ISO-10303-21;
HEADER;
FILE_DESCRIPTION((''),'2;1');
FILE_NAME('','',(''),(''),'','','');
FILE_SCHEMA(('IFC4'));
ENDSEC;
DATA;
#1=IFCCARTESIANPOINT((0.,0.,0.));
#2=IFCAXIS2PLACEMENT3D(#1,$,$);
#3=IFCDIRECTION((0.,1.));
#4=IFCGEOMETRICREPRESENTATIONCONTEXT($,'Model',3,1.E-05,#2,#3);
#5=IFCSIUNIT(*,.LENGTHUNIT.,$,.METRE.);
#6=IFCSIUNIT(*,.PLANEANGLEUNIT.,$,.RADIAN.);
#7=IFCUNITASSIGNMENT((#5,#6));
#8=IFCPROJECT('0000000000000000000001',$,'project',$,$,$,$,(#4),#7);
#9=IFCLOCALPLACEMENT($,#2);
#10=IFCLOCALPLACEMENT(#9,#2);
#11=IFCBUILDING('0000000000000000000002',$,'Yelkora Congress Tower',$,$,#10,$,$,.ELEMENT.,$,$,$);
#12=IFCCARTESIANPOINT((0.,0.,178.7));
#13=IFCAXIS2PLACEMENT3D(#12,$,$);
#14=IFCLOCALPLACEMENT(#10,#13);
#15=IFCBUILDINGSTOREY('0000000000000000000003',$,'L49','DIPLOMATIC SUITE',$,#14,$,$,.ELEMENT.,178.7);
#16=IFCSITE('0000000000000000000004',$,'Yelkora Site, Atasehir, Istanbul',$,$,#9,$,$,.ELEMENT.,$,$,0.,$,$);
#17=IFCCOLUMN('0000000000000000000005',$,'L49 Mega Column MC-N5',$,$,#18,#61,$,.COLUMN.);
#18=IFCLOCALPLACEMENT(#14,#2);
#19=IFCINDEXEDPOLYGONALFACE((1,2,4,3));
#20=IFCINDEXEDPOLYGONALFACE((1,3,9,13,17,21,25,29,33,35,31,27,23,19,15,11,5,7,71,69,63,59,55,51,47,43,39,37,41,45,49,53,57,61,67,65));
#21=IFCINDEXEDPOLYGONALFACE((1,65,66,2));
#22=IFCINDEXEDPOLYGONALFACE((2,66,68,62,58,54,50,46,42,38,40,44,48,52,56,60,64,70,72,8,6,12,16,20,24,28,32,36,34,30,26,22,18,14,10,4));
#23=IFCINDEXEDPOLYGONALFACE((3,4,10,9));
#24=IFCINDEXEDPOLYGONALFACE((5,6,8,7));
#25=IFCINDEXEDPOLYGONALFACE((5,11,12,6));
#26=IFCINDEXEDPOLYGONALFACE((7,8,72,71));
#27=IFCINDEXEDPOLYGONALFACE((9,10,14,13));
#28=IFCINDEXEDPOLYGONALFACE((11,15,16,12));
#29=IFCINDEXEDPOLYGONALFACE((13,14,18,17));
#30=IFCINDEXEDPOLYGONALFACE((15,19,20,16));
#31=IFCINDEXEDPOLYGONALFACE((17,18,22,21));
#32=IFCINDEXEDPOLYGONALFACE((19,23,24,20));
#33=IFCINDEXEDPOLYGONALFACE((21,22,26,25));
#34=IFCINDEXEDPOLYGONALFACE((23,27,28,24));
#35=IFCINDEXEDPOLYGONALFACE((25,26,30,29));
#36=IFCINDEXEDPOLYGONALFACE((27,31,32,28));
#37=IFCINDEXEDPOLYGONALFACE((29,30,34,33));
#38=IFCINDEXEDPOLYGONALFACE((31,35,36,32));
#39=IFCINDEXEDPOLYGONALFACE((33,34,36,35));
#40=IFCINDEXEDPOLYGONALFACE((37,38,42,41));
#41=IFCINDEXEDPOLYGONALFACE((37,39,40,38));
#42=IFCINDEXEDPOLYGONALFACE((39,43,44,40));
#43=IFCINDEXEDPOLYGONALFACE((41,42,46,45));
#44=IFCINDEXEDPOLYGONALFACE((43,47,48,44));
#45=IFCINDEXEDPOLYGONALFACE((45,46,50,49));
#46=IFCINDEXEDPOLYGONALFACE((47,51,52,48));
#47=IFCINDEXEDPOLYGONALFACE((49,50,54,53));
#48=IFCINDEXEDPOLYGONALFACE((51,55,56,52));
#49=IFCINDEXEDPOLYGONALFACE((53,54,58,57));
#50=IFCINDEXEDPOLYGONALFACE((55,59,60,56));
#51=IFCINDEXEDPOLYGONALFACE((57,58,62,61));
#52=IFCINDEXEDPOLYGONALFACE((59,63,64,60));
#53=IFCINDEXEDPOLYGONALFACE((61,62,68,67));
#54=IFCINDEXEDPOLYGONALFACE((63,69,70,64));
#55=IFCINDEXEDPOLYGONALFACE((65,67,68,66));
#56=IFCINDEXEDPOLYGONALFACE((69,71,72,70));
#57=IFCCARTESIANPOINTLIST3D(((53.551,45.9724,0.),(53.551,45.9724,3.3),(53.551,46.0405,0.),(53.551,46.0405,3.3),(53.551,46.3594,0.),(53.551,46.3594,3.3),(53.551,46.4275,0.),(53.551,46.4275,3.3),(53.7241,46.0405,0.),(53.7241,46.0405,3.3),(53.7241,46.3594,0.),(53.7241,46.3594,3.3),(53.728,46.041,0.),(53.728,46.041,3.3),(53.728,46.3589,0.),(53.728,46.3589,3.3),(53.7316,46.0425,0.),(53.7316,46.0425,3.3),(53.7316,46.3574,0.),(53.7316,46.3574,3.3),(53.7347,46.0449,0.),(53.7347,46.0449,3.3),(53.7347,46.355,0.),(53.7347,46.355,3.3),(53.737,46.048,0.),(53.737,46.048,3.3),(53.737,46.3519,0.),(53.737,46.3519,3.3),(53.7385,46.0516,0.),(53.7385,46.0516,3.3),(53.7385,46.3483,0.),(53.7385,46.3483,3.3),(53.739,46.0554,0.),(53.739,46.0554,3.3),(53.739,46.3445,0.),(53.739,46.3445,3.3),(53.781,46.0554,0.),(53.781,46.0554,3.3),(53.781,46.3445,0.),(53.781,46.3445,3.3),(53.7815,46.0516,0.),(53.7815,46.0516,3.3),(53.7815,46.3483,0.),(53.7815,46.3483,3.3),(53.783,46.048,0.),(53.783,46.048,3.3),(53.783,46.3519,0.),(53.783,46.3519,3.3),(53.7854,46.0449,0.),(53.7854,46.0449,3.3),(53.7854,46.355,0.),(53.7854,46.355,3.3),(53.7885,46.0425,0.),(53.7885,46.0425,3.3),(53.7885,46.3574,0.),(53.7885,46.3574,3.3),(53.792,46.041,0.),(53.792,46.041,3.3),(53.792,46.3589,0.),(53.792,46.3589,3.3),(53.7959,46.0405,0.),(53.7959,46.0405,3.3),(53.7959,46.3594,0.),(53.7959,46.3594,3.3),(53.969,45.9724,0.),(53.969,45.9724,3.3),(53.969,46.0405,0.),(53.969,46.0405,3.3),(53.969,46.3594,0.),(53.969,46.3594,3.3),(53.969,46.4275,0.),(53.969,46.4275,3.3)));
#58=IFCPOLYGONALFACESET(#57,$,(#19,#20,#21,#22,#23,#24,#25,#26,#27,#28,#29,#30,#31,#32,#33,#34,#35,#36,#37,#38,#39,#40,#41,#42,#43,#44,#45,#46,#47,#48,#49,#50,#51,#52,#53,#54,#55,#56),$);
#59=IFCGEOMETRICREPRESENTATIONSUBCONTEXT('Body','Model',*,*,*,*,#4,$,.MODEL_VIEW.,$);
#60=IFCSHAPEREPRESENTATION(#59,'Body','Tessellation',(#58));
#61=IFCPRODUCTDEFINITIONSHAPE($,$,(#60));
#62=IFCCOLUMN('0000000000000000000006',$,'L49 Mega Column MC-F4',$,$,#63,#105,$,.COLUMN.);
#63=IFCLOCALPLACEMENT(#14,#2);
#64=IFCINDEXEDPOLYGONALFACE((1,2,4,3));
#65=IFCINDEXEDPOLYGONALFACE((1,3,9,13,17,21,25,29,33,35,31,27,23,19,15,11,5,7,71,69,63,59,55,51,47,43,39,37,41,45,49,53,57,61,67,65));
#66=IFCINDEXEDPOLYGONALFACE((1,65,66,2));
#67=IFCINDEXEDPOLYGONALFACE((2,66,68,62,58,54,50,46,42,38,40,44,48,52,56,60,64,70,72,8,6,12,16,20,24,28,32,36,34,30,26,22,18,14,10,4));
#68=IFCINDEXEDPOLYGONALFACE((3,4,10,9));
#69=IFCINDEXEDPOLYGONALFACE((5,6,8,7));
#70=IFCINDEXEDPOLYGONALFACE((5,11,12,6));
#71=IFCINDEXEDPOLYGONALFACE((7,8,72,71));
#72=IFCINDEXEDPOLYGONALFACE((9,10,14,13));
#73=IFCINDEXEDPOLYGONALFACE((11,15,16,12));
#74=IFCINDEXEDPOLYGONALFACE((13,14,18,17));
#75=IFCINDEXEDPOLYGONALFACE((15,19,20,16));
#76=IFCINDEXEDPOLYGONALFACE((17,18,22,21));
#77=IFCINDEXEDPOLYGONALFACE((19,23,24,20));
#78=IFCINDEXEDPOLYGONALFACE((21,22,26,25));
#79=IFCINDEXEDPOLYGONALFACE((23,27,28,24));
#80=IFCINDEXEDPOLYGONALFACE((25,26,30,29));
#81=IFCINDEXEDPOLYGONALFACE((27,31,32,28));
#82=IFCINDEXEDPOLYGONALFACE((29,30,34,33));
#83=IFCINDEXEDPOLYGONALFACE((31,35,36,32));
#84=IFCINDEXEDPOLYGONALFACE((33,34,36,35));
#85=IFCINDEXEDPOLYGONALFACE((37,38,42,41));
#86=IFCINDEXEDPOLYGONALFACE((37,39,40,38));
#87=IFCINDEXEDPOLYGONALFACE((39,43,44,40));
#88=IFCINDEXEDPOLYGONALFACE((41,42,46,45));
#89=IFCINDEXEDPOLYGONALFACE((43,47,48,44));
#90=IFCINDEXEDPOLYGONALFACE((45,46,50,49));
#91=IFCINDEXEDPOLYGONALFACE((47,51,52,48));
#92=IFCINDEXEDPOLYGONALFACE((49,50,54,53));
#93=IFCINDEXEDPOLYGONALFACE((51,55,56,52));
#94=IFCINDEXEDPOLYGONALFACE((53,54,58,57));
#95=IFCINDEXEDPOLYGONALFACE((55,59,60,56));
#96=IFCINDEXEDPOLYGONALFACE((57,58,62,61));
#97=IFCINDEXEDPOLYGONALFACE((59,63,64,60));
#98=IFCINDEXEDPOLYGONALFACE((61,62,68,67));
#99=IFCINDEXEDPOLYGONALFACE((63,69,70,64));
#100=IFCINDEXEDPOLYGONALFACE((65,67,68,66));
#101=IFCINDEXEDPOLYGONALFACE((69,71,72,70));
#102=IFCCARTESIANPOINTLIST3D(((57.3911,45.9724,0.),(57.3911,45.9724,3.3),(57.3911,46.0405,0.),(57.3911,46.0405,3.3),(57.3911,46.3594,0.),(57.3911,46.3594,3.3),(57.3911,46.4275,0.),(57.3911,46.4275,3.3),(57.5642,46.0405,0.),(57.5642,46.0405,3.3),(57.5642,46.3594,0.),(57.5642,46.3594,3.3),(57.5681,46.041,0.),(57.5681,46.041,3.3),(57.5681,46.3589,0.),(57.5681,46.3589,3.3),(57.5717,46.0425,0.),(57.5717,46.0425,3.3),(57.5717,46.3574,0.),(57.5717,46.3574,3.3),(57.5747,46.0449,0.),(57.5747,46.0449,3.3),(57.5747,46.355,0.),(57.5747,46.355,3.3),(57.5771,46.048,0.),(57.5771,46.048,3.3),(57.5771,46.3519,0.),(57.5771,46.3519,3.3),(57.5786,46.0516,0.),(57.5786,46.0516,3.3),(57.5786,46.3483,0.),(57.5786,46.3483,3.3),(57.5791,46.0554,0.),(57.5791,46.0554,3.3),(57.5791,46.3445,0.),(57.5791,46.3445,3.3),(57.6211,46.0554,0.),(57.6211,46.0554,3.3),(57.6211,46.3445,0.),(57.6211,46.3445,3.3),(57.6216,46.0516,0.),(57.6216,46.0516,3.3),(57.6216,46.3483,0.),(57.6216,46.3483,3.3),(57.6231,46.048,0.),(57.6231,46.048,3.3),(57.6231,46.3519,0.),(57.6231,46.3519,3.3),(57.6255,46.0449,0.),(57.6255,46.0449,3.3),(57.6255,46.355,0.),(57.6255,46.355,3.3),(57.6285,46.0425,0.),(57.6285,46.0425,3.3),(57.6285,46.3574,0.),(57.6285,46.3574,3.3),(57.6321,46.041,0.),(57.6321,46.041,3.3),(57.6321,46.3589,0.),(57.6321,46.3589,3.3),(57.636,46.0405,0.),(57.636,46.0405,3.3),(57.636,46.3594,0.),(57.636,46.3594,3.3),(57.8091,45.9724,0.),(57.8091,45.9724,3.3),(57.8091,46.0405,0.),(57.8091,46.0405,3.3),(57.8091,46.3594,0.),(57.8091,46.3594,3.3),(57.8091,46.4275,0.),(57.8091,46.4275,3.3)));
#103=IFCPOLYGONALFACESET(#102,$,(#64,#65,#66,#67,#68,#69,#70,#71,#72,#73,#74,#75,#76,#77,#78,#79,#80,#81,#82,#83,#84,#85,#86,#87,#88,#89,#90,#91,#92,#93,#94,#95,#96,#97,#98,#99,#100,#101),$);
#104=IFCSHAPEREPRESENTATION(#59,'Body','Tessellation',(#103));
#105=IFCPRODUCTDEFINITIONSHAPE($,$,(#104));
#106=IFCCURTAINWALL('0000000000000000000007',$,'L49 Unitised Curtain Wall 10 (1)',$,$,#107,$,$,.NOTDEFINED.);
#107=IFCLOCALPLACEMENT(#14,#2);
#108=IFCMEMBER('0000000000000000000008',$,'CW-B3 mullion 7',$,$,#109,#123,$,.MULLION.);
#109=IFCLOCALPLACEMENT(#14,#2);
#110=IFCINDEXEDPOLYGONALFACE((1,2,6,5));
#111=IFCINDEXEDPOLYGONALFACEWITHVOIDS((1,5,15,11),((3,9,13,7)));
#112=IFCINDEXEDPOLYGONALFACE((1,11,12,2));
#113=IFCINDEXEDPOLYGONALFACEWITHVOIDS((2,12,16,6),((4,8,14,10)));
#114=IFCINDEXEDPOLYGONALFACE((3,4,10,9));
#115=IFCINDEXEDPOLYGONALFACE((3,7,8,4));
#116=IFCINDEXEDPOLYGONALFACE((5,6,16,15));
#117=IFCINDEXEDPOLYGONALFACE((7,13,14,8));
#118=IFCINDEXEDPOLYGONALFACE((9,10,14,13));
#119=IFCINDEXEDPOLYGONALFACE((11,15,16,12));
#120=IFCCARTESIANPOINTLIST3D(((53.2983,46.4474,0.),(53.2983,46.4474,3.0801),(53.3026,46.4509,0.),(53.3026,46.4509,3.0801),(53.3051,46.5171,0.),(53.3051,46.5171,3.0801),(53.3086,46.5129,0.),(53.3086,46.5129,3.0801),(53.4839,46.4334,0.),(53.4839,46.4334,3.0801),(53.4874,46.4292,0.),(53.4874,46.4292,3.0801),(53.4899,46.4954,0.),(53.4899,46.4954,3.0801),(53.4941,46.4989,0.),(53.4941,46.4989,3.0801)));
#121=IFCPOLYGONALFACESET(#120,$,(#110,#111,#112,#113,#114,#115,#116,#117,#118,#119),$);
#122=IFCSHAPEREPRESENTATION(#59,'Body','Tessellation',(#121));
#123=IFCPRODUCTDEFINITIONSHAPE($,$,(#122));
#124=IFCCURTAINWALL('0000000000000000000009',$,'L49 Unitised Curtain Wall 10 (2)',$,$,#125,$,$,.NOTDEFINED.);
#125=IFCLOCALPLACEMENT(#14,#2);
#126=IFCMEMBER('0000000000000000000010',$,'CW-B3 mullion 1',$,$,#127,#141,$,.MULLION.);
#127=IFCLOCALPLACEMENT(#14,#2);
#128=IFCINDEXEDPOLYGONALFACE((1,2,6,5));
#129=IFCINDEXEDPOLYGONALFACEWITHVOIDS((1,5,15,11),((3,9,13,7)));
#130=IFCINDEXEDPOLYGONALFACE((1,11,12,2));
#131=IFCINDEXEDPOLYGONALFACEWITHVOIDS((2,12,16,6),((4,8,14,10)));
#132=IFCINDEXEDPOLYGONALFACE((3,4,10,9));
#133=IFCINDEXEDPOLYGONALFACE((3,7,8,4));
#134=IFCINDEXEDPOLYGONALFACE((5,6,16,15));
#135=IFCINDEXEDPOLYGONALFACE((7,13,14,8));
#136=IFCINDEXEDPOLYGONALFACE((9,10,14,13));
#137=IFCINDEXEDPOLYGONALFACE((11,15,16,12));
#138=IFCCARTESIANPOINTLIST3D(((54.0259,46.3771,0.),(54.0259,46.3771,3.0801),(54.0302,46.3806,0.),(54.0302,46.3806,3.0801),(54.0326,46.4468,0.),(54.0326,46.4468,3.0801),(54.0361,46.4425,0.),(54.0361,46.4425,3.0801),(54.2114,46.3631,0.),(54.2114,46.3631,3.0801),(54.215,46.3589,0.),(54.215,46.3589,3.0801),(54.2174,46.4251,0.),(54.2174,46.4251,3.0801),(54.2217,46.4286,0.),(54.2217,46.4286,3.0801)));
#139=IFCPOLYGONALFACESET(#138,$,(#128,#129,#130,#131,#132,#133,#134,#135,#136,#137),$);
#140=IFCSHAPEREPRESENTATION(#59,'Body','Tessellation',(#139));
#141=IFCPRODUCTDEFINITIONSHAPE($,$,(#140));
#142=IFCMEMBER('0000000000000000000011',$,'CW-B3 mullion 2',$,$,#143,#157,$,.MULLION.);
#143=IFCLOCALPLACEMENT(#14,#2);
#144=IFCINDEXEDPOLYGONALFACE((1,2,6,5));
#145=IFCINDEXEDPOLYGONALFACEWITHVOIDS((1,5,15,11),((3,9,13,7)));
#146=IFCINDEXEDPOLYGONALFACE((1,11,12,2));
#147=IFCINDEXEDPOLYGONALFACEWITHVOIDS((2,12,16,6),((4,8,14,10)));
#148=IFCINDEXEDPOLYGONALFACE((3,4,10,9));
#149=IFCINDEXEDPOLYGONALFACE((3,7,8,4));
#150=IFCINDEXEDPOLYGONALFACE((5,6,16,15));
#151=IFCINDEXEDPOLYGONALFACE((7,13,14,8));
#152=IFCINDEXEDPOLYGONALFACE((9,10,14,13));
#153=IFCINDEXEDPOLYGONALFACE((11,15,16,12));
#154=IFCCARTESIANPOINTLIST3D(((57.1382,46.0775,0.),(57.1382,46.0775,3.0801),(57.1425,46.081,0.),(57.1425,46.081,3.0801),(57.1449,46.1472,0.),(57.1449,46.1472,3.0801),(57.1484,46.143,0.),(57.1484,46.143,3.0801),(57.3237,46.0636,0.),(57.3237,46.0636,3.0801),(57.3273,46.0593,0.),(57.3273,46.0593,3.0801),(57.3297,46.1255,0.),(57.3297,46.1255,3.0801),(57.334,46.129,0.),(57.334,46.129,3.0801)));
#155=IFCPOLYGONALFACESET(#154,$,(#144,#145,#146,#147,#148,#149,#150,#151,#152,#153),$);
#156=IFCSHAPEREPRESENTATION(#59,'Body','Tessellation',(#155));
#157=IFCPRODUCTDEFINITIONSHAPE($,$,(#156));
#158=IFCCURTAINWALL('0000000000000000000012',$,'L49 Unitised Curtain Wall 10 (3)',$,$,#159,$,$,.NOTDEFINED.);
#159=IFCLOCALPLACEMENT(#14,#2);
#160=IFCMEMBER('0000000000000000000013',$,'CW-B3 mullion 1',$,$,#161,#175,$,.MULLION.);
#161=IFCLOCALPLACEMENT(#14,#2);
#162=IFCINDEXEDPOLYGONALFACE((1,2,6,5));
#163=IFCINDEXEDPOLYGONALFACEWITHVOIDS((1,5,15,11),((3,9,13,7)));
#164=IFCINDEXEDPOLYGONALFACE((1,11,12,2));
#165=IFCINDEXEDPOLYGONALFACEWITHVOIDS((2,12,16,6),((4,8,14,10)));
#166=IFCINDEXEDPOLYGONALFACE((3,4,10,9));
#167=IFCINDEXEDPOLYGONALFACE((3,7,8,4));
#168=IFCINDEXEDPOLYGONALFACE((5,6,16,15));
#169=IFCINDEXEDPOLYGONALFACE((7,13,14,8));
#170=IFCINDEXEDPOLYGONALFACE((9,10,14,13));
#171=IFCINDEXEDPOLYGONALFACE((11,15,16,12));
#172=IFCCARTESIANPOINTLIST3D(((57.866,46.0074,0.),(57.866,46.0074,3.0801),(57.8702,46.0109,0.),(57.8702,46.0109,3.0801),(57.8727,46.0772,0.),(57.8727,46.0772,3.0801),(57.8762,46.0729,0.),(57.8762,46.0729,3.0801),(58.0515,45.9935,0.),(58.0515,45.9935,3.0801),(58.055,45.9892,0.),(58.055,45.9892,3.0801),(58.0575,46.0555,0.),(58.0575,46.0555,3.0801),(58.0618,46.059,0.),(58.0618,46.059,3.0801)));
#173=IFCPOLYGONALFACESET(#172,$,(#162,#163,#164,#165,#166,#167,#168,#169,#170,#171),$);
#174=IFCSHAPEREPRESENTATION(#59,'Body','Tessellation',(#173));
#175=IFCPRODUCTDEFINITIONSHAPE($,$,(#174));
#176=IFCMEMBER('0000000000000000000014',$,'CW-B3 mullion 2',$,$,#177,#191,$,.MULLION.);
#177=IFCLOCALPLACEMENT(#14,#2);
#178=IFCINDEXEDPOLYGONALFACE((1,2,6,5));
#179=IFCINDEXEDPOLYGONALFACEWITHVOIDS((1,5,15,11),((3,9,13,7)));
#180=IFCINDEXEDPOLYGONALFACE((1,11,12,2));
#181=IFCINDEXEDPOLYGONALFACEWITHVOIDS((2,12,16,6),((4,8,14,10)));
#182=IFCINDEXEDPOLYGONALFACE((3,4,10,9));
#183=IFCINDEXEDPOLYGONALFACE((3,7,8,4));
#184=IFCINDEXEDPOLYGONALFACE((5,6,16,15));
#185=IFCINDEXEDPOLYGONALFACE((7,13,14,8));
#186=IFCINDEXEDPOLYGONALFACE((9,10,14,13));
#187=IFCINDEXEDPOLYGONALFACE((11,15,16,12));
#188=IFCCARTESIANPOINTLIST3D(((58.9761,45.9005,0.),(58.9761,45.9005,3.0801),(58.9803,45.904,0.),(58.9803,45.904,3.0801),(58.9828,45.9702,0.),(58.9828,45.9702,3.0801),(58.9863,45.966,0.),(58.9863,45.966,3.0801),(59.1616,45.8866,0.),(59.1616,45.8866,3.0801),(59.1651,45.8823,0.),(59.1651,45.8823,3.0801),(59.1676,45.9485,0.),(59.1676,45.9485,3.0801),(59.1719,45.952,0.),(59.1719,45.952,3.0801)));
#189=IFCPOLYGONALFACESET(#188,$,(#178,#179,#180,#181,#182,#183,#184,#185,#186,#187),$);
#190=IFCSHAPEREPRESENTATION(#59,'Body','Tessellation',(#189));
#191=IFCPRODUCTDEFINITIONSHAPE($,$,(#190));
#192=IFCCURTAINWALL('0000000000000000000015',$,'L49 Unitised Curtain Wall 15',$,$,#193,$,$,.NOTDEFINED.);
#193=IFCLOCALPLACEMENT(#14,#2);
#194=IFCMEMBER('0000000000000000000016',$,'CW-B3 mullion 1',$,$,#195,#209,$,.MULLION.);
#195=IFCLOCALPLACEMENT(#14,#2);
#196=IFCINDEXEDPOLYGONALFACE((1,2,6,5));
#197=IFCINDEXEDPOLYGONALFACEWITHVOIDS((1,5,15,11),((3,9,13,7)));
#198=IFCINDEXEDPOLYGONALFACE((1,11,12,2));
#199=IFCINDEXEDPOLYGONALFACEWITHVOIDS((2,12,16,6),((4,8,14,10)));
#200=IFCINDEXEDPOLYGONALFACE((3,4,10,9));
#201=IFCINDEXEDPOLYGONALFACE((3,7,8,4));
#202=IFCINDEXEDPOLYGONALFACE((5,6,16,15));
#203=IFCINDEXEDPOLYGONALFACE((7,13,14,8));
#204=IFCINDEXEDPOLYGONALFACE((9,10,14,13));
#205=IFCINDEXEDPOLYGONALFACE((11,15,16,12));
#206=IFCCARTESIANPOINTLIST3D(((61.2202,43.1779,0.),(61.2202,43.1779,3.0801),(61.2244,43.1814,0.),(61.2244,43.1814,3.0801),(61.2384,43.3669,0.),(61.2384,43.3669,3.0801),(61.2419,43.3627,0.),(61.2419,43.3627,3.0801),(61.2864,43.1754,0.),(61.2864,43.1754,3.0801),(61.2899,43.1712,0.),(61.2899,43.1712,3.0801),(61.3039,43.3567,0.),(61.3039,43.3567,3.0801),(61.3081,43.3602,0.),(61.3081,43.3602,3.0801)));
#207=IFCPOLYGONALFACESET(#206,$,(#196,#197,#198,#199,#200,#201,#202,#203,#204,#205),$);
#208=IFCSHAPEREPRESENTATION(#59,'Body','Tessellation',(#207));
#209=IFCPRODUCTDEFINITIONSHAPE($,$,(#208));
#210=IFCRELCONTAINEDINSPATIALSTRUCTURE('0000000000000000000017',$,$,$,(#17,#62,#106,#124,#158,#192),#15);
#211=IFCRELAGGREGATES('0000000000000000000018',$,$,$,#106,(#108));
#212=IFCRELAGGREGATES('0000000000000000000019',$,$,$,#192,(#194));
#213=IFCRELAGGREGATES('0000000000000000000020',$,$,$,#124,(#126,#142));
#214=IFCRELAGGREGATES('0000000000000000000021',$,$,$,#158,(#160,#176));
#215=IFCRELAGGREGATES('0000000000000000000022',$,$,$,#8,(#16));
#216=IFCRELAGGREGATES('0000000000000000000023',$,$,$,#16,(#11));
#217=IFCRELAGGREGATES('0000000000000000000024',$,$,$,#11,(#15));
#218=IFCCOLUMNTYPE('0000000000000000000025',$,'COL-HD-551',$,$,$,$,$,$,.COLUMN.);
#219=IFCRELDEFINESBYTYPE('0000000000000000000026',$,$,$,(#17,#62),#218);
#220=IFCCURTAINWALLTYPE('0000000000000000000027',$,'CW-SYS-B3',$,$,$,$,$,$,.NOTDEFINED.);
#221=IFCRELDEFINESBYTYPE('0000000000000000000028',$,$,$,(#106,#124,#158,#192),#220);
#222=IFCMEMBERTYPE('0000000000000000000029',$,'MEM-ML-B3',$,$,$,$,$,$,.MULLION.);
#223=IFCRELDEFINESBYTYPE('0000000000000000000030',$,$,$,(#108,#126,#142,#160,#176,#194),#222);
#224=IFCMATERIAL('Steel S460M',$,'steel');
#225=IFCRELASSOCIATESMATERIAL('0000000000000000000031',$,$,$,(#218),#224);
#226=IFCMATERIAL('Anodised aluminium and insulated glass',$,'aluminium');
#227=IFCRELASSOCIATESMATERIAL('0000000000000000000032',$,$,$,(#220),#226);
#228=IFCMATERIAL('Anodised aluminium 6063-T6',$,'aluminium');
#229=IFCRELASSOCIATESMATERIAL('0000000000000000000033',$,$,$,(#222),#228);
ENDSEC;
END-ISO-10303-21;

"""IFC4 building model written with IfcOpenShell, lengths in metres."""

from ifc_helpers import new_model, si_unit, direction, frame, origin, origin_2d, place, context, subcontext, project, spatial, hollow_rectangle, i_section, extrude, material, material_profile, profile_set, type_object, element, aggregate, save


model = new_model("IFC4")

# Units and contexts
model_context = context("Model", 3, precision=1e-05, world=origin(), true_north=direction((0.0, 1.0)))
body_context = subcontext(model_context, "Body", "Model", "MODEL_VIEW")
ifc_project = project(units=[si_unit("LENGTHUNIT", "METRE"), si_unit("PLANEANGLEUNIT", "RADIAN")], contexts=[model_context])

# Site, building, storey
site_placement = place(None, origin())
site = spatial("IfcSite", under=ifc_project, at=site_placement, Name="Yelkora Site, Atasehir, Istanbul", CompositionType="ELEMENT", RefElevation=0.0)
building_placement = place(site_placement, origin())
building = spatial("IfcBuilding", under=site, at=building_placement, Name="Yelkora Congress Tower", CompositionType="ELEMENT")
storey_placement = place(building_placement, frame((0.0, 0.0, 178.7)))
storey = spatial("IfcBuildingStorey", under=building, at=storey_placement, Name="L49", Description="DIPLOMATIC SUITE", CompositionType="ELEMENT", Elevation=178.7)

# Columns
ifc_material_1 = material(Name="Steel S460M", Category="steel")
ifc_material_profile_1 = material_profile(ifc_material_1, i_section(OverallWidth=0.418, OverallDepth=0.4551, WebThickness=0.042, FlangeThickness=0.0681, FilletRadius=0.0149, at=origin_2d()), Name="HD 400x551")
ifc_profile_set_1 = profile_set([ifc_material_profile_1], Name="Steel S460M")
column_type = type_object("IfcColumnType", Name="COL-HD-551", PredefinedType="COLUMN", material=ifc_profile_set_1)
for number, where, z_axis, x_axis, name in (
    (1, (53.76, 46.2, 0.0), (0.0, 0.0, 1.0), (1.0, 0.0, 0.0), "L49 Mega Column MC-N5"),
    (2, (57.6001, 46.2, 0.0), (0.0, 0.0, 1.0), (1.0, 0.0, 0.0), "L49 Mega Column MC-F4"),
):
    element("IfcColumn", number, at=place(storey_placement, frame(where, z_axis=z_axis, x_axis=x_axis)), inside=storey, type_object=column_type, Name=name, PredefinedType="COLUMN", context=body_context, shape_type="SweptSolid", body=[
        extrude(i_section(OverallWidth=0.418, OverallDepth=0.4551, WebThickness=0.042, FlangeThickness=0.0681, FilletRadius=0.0149, at=origin_2d()), origin(), (0.0, 0.0, 1.0), 3.3),
    ])

# Curtain wall, member
ifc_material_2 = material(Name="Anodised aluminium and insulated glass", Category="aluminium")
curtain_wall_type = type_object("IfcCurtainWallType", Name="CW-SYS-B3", PredefinedType="NOTDEFINED", material=ifc_material_2)
curtain_wall_1_placement = place(storey_placement, origin())
curtain_wall_1 = element("IfcCurtainWall", 3, at=curtain_wall_1_placement, inside=storey, type_object=curtain_wall_type, Name="L49 Unitised Curtain Wall 10 (1)", PredefinedType="NOTDEFINED")
ifc_material_3 = material(Name="Anodised aluminium 6063-T6", Category="aluminium")
ifc_material_profile_2 = material_profile(ifc_material_3, hollow_rectangle(XDim=0.0701, YDim=0.1899, WallThickness=0.0039, at=origin_2d()), Name="ALU 70x190x4")
ifc_profile_set_2 = profile_set([ifc_material_profile_2], Name="Anodised aluminium 6063-T6")
member_type_1 = type_object("IfcMemberType", Name="MEM-ML-B3", PredefinedType="MULLION", material=ifc_profile_set_2)
member_1_placement = place(storey_placement, frame((53.3962, 46.4731, 0.0), z_axis=(0.0, 0.0, 1.0), x_axis=(0.095845, 0.995396, 0.0)))
member_1 = element("IfcMember", 4, at=member_1_placement, type_object=member_type_1, Name="CW-B3 mullion 7", PredefinedType="MULLION", context=body_context, shape_type="SweptSolid", body=[
    extrude(hollow_rectangle(XDim=0.0701, YDim=0.1899, WallThickness=0.0039, at=origin_2d()), origin(), (0.0, 0.0, 1.0), 3.0801),
])
aggregate(curtain_wall_1, [member_1])

# Curtain walls, members
curtain_wall_2_placement = place(storey_placement, origin())
curtain_wall_2 = element("IfcCurtainWall", 5, at=curtain_wall_2_placement, inside=storey, type_object=curtain_wall_type, Name="L49 Unitised Curtain Wall 10 (2)", PredefinedType="NOTDEFINED")
member_2_placement = place(storey_placement, frame((54.1238, 46.4028, 0.0), z_axis=(0.0, 0.0, 1.0), x_axis=(0.095848, 0.995396, 0.0)))
member_2 = element("IfcMember", 6, at=member_2_placement, type_object=member_type_1, Name="CW-B3 mullion 1", PredefinedType="MULLION", context=body_context, shape_type="SweptSolid", body=[
    extrude(hollow_rectangle(XDim=0.0701, YDim=0.1899, WallThickness=0.0039, at=origin_2d()), origin(), (0.0, 0.0, 1.0), 3.0801),
])
member_3_placement = place(storey_placement, frame((57.2361, 46.1033, 0.0), z_axis=(0.0, 0.0, 1.0), x_axis=(0.095848, 0.995396, 0.0)))
member_3 = element("IfcMember", 7, at=member_3_placement, type_object=member_type_1, Name="CW-B3 mullion 2", PredefinedType="MULLION", context=body_context, shape_type="SweptSolid", body=[
    extrude(hollow_rectangle(XDim=0.0701, YDim=0.1899, WallThickness=0.0039, at=origin_2d()), origin(), (0.0, 0.0, 1.0), 3.0801),
])
curtain_wall_3_placement = place(storey_placement, origin())
curtain_wall_3 = element("IfcCurtainWall", 8, at=curtain_wall_3_placement, inside=storey, type_object=curtain_wall_type, Name="L49 Unitised Curtain Wall 10 (3)", PredefinedType="NOTDEFINED")
member_4_placement = place(storey_placement, frame((57.9639, 46.0332, 0.0), z_axis=(0.0, 0.0, 1.0), x_axis=(0.095852, 0.995396, 0.0)))
member_4 = element("IfcMember", 9, at=member_4_placement, type_object=member_type_1, Name="CW-B3 mullion 1", PredefinedType="MULLION", context=body_context, shape_type="SweptSolid", body=[
    extrude(hollow_rectangle(XDim=0.0701, YDim=0.1899, WallThickness=0.0039, at=origin_2d()), origin(), (0.0, 0.0, 1.0), 3.0801),
])
member_5_placement = place(storey_placement, frame((59.074, 45.9263, 0.0), z_axis=(0.0, 0.0, 1.0), x_axis=(0.095852, 0.995396, 0.0)))
member_5 = element("IfcMember", 10, at=member_5_placement, type_object=member_type_1, Name="CW-B3 mullion 2", PredefinedType="MULLION", context=body_context, shape_type="SweptSolid", body=[
    extrude(hollow_rectangle(XDim=0.0701, YDim=0.1899, WallThickness=0.0039, at=origin_2d()), origin(), (0.0, 0.0, 1.0), 3.0801),
])

# Curtain wall, member
curtain_wall_4_placement = place(storey_placement, origin())
curtain_wall_4 = element("IfcCurtainWall", 11, at=curtain_wall_4_placement, inside=storey, type_object=curtain_wall_type, Name="L49 Unitised Curtain Wall 15", PredefinedType="NOTDEFINED")
member_6_placement = place(storey_placement, frame((61.2642, 43.269, 0.0), z_axis=(0.0, 0.0, 1.0), x_axis=(0.995397, -0.095842, 0.0)))
member_6 = element("IfcMember", 12, at=member_6_placement, type_object=member_type_1, Name="CW-B3 mullion 1", PredefinedType="MULLION", context=body_context, shape_type="SweptSolid", body=[
    extrude(hollow_rectangle(XDim=0.0701, YDim=0.1899, WallThickness=0.0039, at=origin_2d()), origin(), (0.0, 0.0, 1.0), 3.0801),
])

aggregate(curtain_wall_4, [member_6])

aggregate(curtain_wall_2, [member_2, member_3])
aggregate(curtain_wall_3, [member_4, member_5])

save(model, "model.ifc")
